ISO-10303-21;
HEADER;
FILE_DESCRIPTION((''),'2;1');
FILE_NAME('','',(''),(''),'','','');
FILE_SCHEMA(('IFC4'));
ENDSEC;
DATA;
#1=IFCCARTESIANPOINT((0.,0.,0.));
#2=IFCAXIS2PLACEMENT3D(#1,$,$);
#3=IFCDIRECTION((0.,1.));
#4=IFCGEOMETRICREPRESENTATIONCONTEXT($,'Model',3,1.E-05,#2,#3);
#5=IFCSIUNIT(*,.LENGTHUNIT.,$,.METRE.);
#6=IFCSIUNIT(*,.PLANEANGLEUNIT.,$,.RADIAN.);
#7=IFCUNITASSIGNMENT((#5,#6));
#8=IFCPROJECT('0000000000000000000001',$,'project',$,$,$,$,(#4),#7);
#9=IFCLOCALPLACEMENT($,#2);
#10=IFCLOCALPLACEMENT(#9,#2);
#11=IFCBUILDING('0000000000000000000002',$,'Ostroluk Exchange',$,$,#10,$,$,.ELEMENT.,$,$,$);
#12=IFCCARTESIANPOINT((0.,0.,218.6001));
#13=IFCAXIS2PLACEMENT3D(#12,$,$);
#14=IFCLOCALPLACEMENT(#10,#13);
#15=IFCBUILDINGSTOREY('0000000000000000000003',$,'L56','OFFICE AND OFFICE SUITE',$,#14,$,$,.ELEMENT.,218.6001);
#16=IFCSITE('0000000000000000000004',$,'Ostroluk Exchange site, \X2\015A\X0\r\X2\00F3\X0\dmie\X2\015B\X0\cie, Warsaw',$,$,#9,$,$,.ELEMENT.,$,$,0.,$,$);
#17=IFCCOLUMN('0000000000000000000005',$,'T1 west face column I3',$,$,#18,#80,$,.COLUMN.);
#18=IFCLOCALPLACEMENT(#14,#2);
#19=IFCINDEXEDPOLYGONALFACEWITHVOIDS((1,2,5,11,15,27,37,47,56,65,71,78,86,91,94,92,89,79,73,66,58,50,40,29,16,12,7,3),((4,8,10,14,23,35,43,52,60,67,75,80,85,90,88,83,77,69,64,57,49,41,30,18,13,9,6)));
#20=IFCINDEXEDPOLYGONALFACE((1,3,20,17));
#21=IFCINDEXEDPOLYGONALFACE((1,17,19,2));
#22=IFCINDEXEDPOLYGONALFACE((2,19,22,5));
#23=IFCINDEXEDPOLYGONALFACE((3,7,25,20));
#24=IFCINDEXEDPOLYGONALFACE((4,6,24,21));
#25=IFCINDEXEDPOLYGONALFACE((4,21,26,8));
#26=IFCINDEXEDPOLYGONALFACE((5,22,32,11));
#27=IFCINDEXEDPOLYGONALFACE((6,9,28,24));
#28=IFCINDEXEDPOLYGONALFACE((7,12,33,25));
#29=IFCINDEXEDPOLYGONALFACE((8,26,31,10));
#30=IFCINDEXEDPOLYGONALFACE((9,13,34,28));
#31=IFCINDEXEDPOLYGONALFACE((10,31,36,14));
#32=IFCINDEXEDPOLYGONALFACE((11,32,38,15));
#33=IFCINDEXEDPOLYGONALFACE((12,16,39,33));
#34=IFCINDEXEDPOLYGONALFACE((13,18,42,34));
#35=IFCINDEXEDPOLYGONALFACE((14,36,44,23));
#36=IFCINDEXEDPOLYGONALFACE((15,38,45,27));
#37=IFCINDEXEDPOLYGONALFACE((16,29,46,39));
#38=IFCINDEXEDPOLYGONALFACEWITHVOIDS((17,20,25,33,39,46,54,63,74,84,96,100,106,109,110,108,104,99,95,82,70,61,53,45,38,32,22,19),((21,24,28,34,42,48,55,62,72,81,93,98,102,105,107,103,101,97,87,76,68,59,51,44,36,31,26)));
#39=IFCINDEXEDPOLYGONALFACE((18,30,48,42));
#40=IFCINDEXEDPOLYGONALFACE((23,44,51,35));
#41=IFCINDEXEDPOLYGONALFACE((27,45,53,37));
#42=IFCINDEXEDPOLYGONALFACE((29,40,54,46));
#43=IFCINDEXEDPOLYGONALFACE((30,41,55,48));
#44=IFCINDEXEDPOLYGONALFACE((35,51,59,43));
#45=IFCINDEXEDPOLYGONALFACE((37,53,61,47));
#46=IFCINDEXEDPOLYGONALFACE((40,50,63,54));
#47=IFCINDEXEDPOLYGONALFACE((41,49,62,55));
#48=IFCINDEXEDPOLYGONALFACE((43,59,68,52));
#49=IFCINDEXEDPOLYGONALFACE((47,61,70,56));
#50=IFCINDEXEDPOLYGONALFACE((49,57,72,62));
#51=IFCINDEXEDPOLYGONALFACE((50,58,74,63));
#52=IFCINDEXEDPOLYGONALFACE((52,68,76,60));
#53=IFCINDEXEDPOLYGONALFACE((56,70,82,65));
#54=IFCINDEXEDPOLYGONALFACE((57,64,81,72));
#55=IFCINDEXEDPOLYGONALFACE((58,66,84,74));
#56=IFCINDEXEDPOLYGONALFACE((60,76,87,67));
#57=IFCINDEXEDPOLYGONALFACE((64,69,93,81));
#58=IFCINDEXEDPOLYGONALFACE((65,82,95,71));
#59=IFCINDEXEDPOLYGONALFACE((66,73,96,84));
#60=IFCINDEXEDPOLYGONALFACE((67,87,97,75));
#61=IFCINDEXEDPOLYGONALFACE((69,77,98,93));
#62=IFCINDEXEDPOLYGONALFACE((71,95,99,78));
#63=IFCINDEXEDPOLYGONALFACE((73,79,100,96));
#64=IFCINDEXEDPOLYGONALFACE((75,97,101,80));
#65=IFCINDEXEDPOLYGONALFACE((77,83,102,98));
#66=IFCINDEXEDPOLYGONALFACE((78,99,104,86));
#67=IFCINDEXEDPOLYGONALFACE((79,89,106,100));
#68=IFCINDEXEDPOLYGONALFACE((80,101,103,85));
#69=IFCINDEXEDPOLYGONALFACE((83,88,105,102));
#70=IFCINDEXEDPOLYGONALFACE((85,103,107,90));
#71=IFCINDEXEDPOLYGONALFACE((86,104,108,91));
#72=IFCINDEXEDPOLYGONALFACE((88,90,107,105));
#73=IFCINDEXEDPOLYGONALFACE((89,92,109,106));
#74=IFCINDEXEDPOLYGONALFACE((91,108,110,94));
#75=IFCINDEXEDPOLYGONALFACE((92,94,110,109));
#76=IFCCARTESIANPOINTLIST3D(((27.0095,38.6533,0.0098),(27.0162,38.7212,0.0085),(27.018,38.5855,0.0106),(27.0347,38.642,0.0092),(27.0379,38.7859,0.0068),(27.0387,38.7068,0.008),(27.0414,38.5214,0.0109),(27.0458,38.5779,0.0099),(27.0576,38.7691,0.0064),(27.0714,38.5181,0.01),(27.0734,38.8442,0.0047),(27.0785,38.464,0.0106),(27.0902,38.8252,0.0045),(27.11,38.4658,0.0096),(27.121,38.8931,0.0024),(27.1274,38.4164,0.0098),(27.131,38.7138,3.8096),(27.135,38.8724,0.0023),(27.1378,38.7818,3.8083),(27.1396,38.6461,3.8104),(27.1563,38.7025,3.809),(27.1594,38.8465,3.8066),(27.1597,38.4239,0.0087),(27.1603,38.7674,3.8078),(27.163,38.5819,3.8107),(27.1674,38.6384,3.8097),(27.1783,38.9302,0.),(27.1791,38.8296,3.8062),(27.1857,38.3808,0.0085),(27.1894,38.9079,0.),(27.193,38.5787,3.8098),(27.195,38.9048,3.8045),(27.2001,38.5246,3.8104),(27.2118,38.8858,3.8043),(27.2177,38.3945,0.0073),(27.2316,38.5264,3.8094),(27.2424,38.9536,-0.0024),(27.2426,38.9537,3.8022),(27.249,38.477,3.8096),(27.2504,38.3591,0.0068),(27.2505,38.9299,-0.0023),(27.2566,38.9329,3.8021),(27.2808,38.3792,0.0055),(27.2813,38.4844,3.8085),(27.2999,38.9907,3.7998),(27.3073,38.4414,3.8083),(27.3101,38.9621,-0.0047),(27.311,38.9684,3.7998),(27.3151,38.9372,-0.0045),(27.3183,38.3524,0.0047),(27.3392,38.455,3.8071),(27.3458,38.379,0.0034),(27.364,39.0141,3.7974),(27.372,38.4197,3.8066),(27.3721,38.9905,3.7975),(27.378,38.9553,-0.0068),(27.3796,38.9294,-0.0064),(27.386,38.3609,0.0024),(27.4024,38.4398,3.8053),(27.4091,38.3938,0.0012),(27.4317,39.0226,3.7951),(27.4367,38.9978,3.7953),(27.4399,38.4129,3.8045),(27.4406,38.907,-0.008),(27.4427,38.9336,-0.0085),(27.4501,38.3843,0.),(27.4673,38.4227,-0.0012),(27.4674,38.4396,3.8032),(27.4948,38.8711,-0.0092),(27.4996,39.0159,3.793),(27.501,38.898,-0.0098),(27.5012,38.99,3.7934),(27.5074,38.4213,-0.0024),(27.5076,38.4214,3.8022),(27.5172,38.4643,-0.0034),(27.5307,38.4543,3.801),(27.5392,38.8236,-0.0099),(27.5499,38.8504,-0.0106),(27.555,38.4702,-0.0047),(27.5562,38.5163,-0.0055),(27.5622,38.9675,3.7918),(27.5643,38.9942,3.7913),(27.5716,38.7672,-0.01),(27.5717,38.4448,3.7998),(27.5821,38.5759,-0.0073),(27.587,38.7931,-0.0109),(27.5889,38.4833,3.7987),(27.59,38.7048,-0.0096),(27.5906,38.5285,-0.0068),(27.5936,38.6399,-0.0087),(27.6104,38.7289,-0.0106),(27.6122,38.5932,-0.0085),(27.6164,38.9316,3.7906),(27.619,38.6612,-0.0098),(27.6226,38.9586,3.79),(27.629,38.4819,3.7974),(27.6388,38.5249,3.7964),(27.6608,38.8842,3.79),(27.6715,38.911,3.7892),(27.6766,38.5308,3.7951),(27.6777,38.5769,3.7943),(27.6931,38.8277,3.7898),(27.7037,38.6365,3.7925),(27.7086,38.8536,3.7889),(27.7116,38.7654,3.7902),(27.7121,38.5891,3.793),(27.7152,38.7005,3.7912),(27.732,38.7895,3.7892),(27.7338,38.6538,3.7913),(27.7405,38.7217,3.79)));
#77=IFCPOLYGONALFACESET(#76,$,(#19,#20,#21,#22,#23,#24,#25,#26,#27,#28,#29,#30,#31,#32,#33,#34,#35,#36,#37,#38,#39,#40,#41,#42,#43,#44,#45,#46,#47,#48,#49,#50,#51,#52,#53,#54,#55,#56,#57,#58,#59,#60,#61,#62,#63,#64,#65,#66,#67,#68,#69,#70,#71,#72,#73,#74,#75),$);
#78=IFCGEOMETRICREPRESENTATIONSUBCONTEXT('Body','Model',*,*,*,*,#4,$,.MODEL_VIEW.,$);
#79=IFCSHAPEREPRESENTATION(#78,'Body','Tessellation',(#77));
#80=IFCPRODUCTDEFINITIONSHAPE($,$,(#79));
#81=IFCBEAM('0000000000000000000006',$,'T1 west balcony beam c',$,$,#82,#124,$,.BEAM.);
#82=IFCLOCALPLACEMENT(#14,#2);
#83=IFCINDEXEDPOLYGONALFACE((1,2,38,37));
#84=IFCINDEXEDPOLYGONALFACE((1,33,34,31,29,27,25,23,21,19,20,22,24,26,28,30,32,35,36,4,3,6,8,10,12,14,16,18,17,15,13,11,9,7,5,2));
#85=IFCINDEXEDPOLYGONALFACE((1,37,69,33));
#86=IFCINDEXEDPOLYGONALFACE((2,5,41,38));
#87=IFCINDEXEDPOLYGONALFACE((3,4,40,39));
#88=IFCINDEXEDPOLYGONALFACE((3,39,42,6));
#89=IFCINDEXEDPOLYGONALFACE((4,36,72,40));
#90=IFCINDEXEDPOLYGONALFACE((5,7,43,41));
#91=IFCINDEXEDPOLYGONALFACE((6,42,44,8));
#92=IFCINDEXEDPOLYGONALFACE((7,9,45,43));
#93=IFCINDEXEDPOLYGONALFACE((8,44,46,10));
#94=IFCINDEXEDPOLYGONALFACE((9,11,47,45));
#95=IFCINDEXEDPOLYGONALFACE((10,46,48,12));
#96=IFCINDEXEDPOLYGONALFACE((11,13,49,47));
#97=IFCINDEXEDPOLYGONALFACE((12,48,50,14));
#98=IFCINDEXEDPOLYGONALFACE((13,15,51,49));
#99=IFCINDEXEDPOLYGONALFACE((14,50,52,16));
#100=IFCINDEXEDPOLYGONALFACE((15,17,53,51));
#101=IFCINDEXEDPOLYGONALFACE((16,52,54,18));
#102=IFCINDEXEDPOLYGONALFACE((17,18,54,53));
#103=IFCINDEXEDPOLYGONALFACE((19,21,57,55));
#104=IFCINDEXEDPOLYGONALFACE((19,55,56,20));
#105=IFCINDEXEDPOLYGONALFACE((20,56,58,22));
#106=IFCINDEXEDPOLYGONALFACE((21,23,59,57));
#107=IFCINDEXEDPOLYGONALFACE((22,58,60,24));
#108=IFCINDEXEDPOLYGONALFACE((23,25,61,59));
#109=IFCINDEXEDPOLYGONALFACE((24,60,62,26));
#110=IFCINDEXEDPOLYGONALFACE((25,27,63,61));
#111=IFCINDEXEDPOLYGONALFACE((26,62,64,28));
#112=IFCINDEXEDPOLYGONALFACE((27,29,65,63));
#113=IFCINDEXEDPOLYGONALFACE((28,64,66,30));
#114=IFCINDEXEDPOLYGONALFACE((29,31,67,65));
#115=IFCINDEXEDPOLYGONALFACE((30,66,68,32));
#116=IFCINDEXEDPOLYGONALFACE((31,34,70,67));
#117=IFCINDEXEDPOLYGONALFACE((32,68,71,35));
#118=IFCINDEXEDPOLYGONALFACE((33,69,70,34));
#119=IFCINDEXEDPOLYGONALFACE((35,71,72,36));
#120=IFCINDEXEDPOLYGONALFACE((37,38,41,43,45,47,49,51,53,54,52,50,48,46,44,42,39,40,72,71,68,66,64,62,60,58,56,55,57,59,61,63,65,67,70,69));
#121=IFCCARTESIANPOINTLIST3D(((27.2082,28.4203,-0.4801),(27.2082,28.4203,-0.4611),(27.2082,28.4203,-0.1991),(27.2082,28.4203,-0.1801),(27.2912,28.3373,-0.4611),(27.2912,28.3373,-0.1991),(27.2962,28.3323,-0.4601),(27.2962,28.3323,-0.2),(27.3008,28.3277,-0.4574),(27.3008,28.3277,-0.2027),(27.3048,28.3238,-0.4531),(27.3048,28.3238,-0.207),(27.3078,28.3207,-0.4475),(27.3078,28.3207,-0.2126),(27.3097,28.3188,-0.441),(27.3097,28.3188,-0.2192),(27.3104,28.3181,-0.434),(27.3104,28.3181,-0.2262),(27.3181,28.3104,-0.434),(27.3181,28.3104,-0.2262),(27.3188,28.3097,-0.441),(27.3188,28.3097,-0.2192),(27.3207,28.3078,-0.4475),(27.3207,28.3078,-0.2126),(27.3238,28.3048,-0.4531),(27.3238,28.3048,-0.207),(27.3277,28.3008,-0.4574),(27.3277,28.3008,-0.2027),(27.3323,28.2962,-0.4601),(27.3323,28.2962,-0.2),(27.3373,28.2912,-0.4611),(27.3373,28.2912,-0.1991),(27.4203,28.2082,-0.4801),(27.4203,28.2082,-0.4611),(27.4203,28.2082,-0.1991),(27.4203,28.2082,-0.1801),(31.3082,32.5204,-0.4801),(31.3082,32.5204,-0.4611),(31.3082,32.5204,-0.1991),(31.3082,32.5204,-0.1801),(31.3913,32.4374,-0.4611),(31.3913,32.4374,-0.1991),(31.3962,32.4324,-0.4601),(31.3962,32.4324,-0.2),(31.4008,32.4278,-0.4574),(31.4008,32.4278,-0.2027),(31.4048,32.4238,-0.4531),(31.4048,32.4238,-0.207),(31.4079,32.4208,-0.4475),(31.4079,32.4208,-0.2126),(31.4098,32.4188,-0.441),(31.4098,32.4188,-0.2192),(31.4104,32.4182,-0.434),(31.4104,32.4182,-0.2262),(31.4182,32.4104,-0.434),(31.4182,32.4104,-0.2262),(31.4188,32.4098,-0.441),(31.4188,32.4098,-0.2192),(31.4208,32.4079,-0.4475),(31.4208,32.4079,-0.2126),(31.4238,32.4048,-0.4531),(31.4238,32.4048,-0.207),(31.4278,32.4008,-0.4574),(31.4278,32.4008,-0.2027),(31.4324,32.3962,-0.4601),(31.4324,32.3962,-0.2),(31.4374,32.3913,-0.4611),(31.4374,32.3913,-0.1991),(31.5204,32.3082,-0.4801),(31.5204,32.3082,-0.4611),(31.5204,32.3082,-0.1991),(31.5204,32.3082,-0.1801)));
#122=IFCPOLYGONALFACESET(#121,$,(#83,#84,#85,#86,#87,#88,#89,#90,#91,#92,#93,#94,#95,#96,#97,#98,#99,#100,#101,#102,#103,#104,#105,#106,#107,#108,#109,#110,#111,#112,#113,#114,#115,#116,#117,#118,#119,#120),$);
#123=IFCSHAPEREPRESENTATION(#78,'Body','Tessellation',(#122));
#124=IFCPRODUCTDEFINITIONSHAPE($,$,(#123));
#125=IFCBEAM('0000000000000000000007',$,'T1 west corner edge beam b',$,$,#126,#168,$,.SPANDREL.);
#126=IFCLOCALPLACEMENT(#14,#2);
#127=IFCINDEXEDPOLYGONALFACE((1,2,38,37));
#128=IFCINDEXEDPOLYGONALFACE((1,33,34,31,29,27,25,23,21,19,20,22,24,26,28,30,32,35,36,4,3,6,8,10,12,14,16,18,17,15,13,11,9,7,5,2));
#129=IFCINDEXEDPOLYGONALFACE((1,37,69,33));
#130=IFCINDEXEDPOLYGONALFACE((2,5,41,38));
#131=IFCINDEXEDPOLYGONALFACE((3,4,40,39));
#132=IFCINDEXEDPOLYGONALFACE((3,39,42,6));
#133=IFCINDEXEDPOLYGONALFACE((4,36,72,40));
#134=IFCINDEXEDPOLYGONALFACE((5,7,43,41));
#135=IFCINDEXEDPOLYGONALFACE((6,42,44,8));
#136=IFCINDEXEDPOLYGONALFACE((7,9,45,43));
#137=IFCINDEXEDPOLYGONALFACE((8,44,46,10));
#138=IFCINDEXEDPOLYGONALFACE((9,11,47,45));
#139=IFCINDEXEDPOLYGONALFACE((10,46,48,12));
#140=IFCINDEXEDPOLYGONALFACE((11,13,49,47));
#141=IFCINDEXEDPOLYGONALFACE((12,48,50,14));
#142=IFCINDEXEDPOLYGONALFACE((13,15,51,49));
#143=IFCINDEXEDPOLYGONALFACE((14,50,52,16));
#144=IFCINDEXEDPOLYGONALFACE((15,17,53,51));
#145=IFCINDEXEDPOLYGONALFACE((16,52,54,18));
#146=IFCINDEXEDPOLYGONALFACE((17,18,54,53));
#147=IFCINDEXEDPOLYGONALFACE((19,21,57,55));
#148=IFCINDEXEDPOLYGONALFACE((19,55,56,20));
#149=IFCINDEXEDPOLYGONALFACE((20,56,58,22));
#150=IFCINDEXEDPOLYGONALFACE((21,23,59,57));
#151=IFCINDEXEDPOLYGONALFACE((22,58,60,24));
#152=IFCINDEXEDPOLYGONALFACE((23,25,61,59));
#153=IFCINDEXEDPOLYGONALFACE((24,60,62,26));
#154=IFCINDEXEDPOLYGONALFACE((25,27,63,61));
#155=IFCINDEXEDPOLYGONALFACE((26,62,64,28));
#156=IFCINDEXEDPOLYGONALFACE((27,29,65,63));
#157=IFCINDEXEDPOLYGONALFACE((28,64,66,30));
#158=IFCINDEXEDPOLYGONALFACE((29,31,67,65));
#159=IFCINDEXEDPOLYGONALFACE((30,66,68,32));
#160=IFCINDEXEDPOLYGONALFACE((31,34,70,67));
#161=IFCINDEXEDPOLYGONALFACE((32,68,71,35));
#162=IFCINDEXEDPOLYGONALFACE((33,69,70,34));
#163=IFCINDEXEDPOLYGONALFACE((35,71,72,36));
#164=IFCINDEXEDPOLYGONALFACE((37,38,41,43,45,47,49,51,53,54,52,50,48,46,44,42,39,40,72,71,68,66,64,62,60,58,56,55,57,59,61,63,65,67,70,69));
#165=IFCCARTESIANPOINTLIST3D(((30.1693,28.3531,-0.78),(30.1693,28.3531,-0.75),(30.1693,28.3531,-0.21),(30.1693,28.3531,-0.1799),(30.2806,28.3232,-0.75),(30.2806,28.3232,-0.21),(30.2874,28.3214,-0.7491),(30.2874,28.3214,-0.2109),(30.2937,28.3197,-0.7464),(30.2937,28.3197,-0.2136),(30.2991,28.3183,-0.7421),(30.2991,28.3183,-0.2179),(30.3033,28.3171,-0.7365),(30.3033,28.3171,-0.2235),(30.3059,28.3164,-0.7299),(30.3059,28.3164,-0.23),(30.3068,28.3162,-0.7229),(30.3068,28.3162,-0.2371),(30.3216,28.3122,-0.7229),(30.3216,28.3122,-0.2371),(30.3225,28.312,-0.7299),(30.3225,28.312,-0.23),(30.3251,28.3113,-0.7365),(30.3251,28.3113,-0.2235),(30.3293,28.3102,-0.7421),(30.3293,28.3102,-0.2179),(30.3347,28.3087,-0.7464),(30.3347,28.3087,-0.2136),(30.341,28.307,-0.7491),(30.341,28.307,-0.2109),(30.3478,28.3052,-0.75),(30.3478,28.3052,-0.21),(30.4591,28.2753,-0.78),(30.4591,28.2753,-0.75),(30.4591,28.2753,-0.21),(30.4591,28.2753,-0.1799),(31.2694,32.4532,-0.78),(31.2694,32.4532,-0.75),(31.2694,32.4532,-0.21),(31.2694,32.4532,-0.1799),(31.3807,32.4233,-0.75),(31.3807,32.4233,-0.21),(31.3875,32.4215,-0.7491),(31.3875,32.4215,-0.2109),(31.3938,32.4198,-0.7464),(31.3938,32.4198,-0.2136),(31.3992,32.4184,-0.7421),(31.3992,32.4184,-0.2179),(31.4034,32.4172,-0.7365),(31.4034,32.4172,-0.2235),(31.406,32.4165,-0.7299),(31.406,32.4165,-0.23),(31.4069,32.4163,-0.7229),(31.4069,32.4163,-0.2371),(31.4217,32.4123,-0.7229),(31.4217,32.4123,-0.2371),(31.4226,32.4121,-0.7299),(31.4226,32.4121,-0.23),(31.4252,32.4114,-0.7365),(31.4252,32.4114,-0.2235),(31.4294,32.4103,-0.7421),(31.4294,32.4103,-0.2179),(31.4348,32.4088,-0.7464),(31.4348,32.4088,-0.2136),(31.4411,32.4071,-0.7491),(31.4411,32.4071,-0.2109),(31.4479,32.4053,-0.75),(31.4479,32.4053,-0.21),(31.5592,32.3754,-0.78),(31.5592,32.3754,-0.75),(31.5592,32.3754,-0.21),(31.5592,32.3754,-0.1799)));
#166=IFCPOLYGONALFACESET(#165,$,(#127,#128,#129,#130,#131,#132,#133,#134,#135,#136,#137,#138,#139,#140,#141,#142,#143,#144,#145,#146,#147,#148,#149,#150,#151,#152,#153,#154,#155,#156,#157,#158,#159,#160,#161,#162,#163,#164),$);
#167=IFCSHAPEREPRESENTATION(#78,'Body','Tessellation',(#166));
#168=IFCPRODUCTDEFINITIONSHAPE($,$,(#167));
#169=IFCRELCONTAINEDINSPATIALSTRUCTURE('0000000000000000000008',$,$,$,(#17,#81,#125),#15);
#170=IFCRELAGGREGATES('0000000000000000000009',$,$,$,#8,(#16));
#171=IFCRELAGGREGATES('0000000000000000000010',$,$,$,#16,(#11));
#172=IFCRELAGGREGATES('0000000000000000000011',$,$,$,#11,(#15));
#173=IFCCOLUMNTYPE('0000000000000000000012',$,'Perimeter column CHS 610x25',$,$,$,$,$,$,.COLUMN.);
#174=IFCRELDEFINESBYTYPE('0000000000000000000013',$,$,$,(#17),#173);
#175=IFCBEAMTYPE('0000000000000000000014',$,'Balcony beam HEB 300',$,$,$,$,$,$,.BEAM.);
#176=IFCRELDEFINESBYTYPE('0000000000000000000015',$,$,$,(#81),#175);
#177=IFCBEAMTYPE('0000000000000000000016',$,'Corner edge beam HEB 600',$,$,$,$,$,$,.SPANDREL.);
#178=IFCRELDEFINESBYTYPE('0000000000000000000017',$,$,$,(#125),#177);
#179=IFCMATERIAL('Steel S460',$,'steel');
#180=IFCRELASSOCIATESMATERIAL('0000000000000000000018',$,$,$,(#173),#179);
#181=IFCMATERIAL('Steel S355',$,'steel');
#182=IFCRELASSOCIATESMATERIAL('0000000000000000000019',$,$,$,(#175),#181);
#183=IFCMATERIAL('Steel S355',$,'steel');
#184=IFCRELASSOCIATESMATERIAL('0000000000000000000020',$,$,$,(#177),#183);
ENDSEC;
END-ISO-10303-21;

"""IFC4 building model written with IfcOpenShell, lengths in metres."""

from ifc_helpers import new_model, si_unit, direction, frame, origin, origin_2d, place, context, subcontext, project, spatial, hollow_circle, i_section, extrude, material, material_profile, profile_set, type_object, element, save


model = new_model("IFC4")

# Units and contexts
model_context = context("Model", 3, precision=1e-05, world=origin(), true_north=direction((0.0, 1.0)))
body_context = subcontext(model_context, "Body", "Model", "MODEL_VIEW")
ifc_project = project(units=[si_unit("LENGTHUNIT", "METRE"), si_unit("PLANEANGLEUNIT", "RADIAN")], contexts=[model_context])

# Site, building, storey
site_placement = place(None, origin())
site = spatial("IfcSite", under=ifc_project, at=site_placement, Name="Ostroluk Exchange site, Śródmieście, Warsaw", CompositionType="ELEMENT", RefElevation=0.0)
building_placement = place(site_placement, origin())
building = spatial("IfcBuilding", under=site, at=building_placement, Name="Ostroluk Exchange", CompositionType="ELEMENT")
storey_placement = place(building_placement, frame((0.0, 0.0, 218.6001)))
storey = spatial("IfcBuildingStorey", under=building, at=storey_placement, Name="L56", Description="OFFICE AND OFFICE SUITE", CompositionType="ELEMENT", Elevation=218.6001)

# Column
ifc_material_1 = material(Name="Steel S460", Category="steel")
ifc_material_profile_1 = material_profile(ifc_material_1, hollow_circle(Radius=0.3049, WallThickness=0.0249, at=origin_2d()), Name="CHS 610x25")
ifc_profile_set_1 = profile_set([ifc_material_profile_1], Name="Steel S460")
column_type = type_object("IfcColumnType", Name="Perimeter column CHS 610x25", PredefinedType="COLUMN", material=ifc_profile_set_1)
column_placement = place(storey_placement, frame((27.3142, 38.6572, 0.0), z_axis=(0.031976, 0.015924, 0.999362), x_axis=(-0.445775, 0.895145, 0.0)))
element("IfcColumn", 1, at=column_placement, inside=storey, type_object=column_type, Name="T1 west face column I3", PredefinedType="COLUMN", context=body_context, shape_type="SweptSolid", body=[
    extrude(hollow_circle(Radius=0.3049, WallThickness=0.0249, at=origin_2d()), origin(), (0.0, 0.0, 1.0), 3.8022),
])

# Beams
ifc_material_2 = material(Name="Steel S355", Category="steel")
ifc_material_profile_2 = material_profile(ifc_material_2, i_section(OverallWidth=0.3, OverallDepth=0.3, WebThickness=0.011, FlangeThickness=0.019, FilletRadius=0.0271, at=origin_2d()), Name="HEB 300")
ifc_profile_set_2 = profile_set([ifc_material_profile_2], Name="Steel S355")
beam_type_1 = type_object("IfcBeamType", Name="Balcony beam HEB 300", PredefinedType="BEAM", material=ifc_profile_set_2)
beam_1_placement = place(storey_placement, frame((31.4143, 32.4143, -0.3301), z_axis=(-0.707107, -0.707107, 0.0), x_axis=(0.707107, -0.707107, 0.0)))
element("IfcBeam", 2, at=beam_1_placement, inside=storey, type_object=beam_type_1, Name="T1 west balcony beam c", PredefinedType="BEAM", context=body_context, shape_type="SweptSolid", body=[
    extrude(i_section(OverallWidth=0.3, OverallDepth=0.3, WebThickness=0.011, FlangeThickness=0.019, FilletRadius=0.0271, at=origin_2d()), origin(), (0.0, 0.0, 1.0), 5.7983),
])
ifc_material_3 = material(Name="Steel S355", Category="steel")
ifc_material_profile_3 = material_profile(ifc_material_3, i_section(OverallWidth=0.3, OverallDepth=0.6001, WebThickness=0.0154, FlangeThickness=0.03, FilletRadius=0.0271, at=origin_2d()), Name="HEB 600")
ifc_profile_set_3 = profile_set([ifc_material_profile_3], Name="Steel S355")
beam_type_2 = type_object("IfcBeamType", Name="Corner edge beam HEB 600", PredefinedType="SPANDREL", material=ifc_profile_set_3)
beam_2_placement = place(storey_placement, frame((31.4143, 32.4143, -0.48), z_axis=(-0.259144, -0.965839, 0.0), x_axis=(0.965839, -0.259144, 0.0)))
element("IfcBeam", 3, at=beam_2_placement, inside=storey, type_object=beam_type_2, Name="T1 west corner edge beam b", PredefinedType="SPANDREL", context=body_context, shape_type="SweptSolid", body=[
    extrude(i_section(OverallWidth=0.3, OverallDepth=0.6001, WebThickness=0.0154, FlangeThickness=0.03, FilletRadius=0.0271, at=origin_2d()), origin(), (0.0, 0.0, 1.0), 4.2451),
])

save(model, "model.ifc")
